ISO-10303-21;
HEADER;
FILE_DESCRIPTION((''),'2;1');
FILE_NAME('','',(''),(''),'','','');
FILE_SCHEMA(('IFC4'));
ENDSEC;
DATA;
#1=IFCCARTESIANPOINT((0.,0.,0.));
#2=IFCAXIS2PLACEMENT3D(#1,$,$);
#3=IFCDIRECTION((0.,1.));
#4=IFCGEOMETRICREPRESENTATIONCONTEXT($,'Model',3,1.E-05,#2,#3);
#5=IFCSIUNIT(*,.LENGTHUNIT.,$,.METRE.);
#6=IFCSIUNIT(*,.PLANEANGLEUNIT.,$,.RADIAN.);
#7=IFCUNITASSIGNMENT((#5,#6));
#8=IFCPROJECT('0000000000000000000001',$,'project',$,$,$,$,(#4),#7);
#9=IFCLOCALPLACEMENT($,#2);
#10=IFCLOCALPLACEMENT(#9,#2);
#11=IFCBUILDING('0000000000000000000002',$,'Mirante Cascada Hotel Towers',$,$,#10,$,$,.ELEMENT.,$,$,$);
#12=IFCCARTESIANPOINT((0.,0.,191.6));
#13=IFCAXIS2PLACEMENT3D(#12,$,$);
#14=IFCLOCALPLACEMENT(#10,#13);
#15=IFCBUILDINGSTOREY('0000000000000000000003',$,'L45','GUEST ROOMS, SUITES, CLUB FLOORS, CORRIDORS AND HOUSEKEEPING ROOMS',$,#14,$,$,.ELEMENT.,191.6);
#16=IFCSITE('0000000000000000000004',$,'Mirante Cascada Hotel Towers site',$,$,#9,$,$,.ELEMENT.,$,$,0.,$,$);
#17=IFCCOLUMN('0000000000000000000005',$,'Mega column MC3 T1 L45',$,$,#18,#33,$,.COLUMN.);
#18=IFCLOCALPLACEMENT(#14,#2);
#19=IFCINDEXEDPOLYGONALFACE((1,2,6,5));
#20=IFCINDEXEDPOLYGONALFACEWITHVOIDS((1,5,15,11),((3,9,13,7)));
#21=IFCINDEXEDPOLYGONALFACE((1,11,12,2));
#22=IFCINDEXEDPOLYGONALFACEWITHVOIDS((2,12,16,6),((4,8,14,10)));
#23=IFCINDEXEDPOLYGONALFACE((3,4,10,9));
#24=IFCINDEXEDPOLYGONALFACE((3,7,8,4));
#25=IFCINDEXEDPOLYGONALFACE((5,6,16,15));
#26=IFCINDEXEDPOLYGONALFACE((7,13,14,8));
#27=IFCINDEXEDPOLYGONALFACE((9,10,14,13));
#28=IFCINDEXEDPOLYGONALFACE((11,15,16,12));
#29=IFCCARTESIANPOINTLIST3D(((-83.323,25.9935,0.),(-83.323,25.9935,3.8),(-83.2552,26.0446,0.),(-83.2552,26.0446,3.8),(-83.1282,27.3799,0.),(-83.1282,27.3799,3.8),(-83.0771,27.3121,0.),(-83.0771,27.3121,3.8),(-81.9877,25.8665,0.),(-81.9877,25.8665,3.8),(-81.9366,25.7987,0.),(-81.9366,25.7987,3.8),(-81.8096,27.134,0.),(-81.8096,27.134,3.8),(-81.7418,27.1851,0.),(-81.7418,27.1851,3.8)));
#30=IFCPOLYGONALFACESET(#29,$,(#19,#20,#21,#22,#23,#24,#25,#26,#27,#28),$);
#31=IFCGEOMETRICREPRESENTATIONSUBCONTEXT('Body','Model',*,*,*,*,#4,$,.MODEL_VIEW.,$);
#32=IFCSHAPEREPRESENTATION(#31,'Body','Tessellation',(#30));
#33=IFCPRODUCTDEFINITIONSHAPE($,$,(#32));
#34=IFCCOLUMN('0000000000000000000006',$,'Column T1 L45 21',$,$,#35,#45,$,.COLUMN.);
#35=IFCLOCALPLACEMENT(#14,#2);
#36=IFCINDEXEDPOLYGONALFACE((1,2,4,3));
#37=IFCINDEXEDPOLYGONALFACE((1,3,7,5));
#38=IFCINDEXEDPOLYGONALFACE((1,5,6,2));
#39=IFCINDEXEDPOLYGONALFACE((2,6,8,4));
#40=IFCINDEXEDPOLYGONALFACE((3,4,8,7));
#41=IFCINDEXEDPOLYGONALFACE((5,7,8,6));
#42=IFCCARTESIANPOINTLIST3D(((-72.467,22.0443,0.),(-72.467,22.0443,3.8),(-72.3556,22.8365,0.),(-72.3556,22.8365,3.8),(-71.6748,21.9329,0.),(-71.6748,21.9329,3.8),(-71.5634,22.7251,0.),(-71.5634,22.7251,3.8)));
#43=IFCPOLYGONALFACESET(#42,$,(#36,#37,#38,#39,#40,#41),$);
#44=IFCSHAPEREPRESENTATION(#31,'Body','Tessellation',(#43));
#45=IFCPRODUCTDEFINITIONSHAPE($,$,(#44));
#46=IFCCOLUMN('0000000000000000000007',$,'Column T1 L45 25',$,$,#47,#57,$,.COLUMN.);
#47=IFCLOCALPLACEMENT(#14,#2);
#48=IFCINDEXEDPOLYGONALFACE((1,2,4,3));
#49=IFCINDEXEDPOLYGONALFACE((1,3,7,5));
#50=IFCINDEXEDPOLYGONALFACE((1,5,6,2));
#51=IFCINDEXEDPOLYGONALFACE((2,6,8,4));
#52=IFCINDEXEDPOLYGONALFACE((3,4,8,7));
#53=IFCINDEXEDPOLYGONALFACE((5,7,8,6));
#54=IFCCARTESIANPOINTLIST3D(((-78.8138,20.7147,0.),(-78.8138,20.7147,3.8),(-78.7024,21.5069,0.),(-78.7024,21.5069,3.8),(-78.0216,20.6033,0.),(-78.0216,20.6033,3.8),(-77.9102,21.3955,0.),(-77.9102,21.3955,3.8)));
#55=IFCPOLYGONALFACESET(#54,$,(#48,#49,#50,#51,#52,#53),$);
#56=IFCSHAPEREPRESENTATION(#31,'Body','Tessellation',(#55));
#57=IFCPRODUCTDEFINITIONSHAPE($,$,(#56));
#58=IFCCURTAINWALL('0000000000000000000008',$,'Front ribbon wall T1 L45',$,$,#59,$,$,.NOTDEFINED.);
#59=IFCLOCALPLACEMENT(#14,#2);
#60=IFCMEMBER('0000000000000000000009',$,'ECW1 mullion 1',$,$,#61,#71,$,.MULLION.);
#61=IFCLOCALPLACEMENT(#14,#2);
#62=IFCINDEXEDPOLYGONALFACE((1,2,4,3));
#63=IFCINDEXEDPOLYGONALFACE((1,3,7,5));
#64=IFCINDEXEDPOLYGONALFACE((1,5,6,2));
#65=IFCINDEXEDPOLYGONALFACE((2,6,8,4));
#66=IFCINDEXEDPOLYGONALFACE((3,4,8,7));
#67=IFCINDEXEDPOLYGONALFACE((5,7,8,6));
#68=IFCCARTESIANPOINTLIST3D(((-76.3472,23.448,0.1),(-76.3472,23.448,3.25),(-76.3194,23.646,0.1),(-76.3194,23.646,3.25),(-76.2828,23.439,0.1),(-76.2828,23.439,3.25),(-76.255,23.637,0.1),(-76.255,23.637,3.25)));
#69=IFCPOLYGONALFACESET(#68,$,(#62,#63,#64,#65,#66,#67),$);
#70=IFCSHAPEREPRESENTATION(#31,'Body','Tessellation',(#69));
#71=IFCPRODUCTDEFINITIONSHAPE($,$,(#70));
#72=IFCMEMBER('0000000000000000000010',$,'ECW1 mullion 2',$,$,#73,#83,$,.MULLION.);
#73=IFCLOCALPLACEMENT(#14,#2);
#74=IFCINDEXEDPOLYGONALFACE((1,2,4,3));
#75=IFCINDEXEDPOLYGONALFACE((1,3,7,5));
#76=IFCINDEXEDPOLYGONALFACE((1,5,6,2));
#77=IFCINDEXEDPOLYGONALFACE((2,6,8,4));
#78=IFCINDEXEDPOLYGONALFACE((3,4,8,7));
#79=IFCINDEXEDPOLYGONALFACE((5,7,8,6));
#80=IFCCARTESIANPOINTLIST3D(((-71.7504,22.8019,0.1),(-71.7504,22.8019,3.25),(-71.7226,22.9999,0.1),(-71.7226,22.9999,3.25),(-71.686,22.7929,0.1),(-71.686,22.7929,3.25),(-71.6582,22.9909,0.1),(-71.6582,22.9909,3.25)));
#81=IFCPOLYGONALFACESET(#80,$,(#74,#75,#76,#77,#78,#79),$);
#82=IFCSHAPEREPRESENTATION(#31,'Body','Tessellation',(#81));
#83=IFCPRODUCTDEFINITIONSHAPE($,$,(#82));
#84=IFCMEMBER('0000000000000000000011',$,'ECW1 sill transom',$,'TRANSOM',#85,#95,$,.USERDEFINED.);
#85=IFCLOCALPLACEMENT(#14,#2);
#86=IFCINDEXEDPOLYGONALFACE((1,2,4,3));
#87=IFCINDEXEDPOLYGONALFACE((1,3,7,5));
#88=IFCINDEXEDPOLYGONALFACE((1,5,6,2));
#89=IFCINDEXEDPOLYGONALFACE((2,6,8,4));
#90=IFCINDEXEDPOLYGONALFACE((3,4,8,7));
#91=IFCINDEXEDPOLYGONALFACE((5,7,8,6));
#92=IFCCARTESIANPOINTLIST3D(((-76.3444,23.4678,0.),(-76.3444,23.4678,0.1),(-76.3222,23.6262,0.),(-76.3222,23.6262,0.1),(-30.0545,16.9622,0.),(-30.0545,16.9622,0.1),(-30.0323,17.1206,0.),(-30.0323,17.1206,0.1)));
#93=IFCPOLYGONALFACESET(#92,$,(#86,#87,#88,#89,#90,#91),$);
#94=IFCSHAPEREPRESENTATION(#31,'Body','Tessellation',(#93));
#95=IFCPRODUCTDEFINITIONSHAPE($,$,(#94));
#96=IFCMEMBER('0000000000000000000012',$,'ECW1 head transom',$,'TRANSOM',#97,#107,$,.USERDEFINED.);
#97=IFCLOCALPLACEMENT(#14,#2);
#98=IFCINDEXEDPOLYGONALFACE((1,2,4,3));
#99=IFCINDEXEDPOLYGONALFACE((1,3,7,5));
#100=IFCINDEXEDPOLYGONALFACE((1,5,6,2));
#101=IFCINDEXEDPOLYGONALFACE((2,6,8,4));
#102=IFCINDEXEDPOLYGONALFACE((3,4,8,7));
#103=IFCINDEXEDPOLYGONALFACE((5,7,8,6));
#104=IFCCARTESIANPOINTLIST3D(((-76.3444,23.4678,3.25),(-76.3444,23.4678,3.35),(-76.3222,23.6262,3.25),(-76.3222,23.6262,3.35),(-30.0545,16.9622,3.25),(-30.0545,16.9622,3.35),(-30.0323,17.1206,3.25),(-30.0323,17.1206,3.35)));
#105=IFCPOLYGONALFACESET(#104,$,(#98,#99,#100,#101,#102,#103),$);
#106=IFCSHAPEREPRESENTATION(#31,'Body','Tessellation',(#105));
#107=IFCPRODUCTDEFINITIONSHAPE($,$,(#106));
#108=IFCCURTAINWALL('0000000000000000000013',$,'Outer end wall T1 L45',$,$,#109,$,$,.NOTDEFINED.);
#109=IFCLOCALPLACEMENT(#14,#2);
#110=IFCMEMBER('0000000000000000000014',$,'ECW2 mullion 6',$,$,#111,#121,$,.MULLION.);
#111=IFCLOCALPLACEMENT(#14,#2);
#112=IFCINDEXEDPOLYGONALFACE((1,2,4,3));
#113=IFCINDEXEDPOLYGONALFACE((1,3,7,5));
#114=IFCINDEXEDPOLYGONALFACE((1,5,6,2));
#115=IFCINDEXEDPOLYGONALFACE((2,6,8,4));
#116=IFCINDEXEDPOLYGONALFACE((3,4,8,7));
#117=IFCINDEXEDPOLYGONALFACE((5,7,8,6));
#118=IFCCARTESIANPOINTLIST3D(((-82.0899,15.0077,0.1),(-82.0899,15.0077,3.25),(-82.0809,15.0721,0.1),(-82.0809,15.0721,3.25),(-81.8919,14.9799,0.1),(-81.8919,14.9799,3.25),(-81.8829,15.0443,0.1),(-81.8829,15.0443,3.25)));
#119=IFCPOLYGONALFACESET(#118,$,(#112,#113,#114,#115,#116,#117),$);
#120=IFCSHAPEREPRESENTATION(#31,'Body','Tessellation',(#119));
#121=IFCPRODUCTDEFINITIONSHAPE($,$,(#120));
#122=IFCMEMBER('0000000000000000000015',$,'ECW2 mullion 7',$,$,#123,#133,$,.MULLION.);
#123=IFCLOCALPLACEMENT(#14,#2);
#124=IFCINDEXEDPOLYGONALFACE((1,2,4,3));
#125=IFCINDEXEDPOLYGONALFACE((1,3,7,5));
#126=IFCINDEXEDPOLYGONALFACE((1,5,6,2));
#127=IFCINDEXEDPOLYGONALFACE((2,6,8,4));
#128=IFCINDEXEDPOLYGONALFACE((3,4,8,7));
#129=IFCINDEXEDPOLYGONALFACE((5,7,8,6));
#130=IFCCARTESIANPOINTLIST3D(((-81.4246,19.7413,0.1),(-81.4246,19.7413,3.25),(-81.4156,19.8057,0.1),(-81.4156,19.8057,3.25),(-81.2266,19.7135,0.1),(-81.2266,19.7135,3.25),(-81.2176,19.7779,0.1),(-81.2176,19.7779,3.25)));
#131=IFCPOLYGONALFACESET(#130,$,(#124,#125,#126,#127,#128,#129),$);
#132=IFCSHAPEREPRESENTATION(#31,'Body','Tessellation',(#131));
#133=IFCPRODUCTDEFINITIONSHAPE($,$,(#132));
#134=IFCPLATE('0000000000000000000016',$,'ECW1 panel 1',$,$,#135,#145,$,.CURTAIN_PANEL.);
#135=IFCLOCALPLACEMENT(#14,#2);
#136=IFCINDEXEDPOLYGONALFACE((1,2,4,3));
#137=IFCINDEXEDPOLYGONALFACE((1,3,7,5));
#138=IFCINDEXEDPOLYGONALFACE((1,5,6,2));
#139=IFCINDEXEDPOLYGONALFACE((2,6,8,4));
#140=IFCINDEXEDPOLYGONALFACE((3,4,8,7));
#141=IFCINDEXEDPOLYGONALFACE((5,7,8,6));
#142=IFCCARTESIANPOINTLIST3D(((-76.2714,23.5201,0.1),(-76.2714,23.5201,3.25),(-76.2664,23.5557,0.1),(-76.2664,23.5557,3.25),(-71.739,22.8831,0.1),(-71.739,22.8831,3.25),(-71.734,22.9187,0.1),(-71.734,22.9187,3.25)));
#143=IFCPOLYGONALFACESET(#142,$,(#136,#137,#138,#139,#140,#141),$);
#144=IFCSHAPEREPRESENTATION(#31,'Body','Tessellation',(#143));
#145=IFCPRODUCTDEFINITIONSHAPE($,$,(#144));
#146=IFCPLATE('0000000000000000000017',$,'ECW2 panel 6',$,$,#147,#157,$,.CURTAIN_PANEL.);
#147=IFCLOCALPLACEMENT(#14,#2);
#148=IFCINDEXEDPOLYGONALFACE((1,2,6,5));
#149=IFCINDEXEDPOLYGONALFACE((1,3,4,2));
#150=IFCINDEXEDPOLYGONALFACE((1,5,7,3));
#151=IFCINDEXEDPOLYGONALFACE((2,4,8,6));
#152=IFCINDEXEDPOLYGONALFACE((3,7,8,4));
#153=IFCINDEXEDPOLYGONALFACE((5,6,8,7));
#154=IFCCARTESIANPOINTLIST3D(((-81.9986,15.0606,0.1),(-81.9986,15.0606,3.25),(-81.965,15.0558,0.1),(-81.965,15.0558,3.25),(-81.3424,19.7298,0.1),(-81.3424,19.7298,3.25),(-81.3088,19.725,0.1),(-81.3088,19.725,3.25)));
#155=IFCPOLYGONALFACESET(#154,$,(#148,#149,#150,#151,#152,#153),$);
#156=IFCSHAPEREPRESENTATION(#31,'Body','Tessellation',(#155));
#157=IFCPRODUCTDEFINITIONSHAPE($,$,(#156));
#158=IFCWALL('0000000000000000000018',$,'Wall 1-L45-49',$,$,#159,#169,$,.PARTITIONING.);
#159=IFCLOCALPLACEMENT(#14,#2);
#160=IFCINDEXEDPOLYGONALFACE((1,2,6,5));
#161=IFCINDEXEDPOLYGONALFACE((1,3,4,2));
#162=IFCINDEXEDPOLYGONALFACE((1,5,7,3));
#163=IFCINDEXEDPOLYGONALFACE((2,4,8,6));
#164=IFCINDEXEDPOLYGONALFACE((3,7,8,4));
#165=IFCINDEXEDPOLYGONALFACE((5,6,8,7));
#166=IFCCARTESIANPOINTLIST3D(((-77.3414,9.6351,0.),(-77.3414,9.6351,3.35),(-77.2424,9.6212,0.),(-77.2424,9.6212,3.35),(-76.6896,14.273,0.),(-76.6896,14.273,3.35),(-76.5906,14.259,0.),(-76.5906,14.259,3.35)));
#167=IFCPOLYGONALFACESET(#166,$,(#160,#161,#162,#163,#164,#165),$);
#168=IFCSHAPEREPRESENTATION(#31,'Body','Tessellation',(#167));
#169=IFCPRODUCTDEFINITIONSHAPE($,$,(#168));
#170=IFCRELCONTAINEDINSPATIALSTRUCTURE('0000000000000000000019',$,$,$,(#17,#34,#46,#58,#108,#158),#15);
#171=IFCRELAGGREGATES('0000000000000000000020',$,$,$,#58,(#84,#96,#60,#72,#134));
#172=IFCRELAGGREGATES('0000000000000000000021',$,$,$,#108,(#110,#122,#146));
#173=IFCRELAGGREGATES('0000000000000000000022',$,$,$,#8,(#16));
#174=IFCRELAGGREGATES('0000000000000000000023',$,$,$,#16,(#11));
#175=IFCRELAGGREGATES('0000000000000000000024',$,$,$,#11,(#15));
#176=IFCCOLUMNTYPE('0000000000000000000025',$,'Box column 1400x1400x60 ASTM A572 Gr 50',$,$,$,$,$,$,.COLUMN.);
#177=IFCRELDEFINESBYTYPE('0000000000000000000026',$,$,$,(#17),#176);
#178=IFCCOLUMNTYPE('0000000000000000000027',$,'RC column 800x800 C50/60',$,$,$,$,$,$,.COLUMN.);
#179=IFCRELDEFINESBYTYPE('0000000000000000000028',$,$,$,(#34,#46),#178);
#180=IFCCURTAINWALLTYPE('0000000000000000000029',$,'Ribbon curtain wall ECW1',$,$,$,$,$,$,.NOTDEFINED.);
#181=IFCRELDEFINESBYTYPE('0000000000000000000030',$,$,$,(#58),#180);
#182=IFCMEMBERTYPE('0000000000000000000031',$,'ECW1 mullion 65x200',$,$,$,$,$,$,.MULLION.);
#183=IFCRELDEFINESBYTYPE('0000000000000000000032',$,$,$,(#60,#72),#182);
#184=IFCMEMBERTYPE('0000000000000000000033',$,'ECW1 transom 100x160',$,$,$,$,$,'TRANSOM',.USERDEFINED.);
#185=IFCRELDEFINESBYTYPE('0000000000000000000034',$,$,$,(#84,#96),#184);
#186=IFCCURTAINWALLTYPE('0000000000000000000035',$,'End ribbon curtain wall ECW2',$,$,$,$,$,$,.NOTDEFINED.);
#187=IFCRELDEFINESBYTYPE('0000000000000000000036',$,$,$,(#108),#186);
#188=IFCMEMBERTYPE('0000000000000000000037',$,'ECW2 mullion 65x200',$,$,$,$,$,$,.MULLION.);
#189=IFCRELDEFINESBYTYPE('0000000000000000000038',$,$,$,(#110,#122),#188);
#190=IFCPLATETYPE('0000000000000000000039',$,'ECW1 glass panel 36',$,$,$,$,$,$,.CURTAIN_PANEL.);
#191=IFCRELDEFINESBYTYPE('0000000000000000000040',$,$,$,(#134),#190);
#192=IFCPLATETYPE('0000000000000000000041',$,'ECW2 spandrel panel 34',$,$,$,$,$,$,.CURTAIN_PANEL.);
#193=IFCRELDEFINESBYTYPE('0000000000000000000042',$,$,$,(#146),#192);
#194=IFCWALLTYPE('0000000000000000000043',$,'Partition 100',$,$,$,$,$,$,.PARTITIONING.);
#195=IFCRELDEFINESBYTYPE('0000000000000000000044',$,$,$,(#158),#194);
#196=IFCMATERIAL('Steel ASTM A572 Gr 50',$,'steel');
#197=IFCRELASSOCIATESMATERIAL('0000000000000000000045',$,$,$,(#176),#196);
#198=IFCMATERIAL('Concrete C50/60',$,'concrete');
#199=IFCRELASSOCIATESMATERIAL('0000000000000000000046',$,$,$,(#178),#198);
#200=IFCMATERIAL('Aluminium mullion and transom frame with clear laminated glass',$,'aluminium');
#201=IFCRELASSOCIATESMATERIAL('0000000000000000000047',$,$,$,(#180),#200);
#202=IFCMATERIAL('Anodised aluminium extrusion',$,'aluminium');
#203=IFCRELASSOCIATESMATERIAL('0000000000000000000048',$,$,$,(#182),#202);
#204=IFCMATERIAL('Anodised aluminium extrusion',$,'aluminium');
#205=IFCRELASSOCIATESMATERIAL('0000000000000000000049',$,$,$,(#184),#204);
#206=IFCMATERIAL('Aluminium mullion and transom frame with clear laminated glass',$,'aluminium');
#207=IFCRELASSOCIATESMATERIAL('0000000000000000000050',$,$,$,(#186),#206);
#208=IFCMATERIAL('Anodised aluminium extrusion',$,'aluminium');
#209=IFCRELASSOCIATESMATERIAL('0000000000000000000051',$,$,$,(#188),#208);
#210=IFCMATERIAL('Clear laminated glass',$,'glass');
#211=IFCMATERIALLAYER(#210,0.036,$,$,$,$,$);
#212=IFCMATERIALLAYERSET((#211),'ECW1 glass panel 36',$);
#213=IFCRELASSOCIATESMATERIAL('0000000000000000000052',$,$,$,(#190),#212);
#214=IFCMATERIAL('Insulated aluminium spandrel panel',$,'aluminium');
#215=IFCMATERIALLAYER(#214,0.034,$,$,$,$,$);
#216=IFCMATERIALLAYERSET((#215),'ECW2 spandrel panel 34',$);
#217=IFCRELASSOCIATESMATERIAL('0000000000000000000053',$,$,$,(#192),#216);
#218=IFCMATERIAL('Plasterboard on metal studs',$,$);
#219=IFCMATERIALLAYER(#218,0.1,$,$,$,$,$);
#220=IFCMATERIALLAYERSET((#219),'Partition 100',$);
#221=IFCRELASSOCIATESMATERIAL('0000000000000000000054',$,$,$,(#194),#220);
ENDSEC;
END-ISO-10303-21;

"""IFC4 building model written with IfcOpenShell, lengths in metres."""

from ifc_helpers import new_model, si_unit, direction, frame, frame_2d, origin, origin_2d, place, context, subcontext, project, spatial, rectangle, hollow_rectangle, extrude, material, layer, layer_set, material_profile, profile_set, type_object, element, aggregate, save


model = new_model("IFC4")

# Units and contexts
model_context = context("Model", 3, precision=1e-05, world=origin(), true_north=direction((0.0, 1.0)))
body_context = subcontext(model_context, "Body", "Model", "MODEL_VIEW")
ifc_project = project(units=[si_unit("LENGTHUNIT", "METRE"), si_unit("PLANEANGLEUNIT", "RADIAN")], contexts=[model_context])

# Site, building, storey
site_placement = place(None, origin())
site = spatial("IfcSite", under=ifc_project, at=site_placement, Name="Mirante Cascada Hotel Towers site", CompositionType="ELEMENT", RefElevation=0.0)
building_placement = place(site_placement, origin())
building = spatial("IfcBuilding", under=site, at=building_placement, Name="Mirante Cascada Hotel Towers", CompositionType="ELEMENT")
storey_placement = place(building_placement, frame((0.0, 0.0, 191.6)))
storey = spatial("IfcBuildingStorey", under=building, at=storey_placement, Name="L45", Description="GUEST ROOMS, SUITES, CLUB FLOORS, CORRIDORS AND HOUSEKEEPING ROOMS", CompositionType="ELEMENT", Elevation=191.6)

# Columns
ifc_material_1 = material(Name="Steel ASTM A572 Gr 50", Category="steel")
ifc_material_profile_1 = material_profile(ifc_material_1, hollow_rectangle(XDim=1.4, YDim=1.4, WallThickness=0.06, at=origin_2d()), Name="Box column 1400x1400x60 ASTM A572 Gr 50")
ifc_profile_set_1 = profile_set([ifc_material_profile_1], Name="Steel ASTM A572 Gr 50")
column_type_1 = type_object("IfcColumnType", Name="Box column 1400x1400x60 ASTM A572 Gr 50", PredefinedType="COLUMN", material=ifc_profile_set_1)
column_placement = place(storey_placement, frame((-82.5324, 26.5893, 0.0), z_axis=(0.0, 0.0, 1.0), x_axis=(-0.990268, 0.139173, 0.0)))
element("IfcColumn", 1, at=column_placement, inside=storey, type_object=column_type_1, Name="Mega column MC3 T1 L45", PredefinedType="COLUMN", context=body_context, shape_type="SweptSolid", body=[
    extrude(hollow_rectangle(XDim=1.4, YDim=1.4, WallThickness=0.06, at=origin_2d()), origin(), (0.0, 0.0, 1.0), 3.8),
])
ifc_material_2 = material(Name="Concrete C50/60", Category="concrete")
ifc_material_profile_2 = material_profile(ifc_material_2, rectangle(XDim=0.8, YDim=0.8, at=origin_2d()), Name="RC column 800x800 C50/60")
ifc_profile_set_2 = profile_set([ifc_material_profile_2], Name="Concrete C50/60")
column_type_2 = type_object("IfcColumnType", Name="RC column 800x800 C50/60", PredefinedType="COLUMN", material=ifc_profile_set_2)
for number, where, z_axis, x_axis, name in (
    (2, (-72.0152, 22.3847, 0.0), (0.0, 0.0, 1.0), (-0.990268, 0.139173, 0.0), "Column T1 L45 21"),
    (3, (-78.362, 21.0551, 0.0), (0.0, 0.0, 1.0), (-0.990268, 0.139173, 0.0), "Column T1 L45 25"),
):
    element("IfcColumn", number, at=place(storey_placement, frame(where, z_axis=z_axis, x_axis=x_axis)), inside=storey, type_object=column_type_2, Name=name, PredefinedType="COLUMN", context=body_context, shape_type="SweptSolid", body=[
        extrude(rectangle(XDim=0.8, YDim=0.8, at=origin_2d()), origin(), (0.0, 0.0, 1.0), 3.8),
    ])

# Curtain walls, members
ifc_material_3 = material(Name="Aluminium mullion and transom frame with clear laminated glass", Category="aluminium")
curtain_wall_type_1 = type_object("IfcCurtainWallType", Name="Ribbon curtain wall ECW1", PredefinedType="NOTDEFINED", material=ifc_material_3)
curtain_wall_1_placement = place(storey_placement, origin())
curtain_wall_1 = element("IfcCurtainWall", 4, at=curtain_wall_1_placement, inside=storey, type_object=curtain_wall_type_1, Name="Front ribbon wall T1 L45", PredefinedType="NOTDEFINED")
ifc_material_4 = material(Name="Anodised aluminium extrusion", Category="aluminium")
ifc_material_profile_3 = material_profile(ifc_material_4, rectangle(XDim=0.2, YDim=0.065, at=origin_2d()), Name="ECW1 MULLION 65x200")
ifc_profile_set_3 = profile_set([ifc_material_profile_3], Name="Anodised aluminium extrusion")
member_type_1 = type_object("IfcMemberType", Name="ECW1 mullion 65x200", PredefinedType="MULLION", material=ifc_profile_set_3)
member_1_placement = place(storey_placement, frame((-76.3011, 23.5425, 0.1), z_axis=(0.0, 0.0, 1.0), x_axis=(0.139173, 0.990268, 0.0)))
member_1 = element("IfcMember", 5, at=member_1_placement, type_object=member_type_1, Name="ECW1 mullion 1", PredefinedType="MULLION", context=body_context, shape_type="SweptSolid", body=[
    extrude(rectangle(XDim=0.2, YDim=0.065, at=origin_2d()), origin(), (0.0, 0.0, 1.0), 3.15),
])
member_2_placement = place(storey_placement, frame((-71.7043, 22.8964, 0.1), z_axis=(0.0, 0.0, 1.0), x_axis=(0.139173, 0.990268, 0.0)))
member_2 = element("IfcMember", 6, at=member_2_placement, type_object=member_type_1, Name="ECW1 mullion 2", PredefinedType="MULLION", context=body_context, shape_type="SweptSolid", body=[
    extrude(rectangle(XDim=0.2, YDim=0.065, at=origin_2d()), origin(), (0.0, 0.0, 1.0), 3.15),
])
ifc_material_5 = material(Name="Anodised aluminium extrusion", Category="aluminium")
ifc_material_profile_4 = material_profile(ifc_material_5, rectangle(XDim=0.16, YDim=0.1, at=origin_2d()), Name="ECW1 TRANSOM 100x160")
ifc_profile_set_4 = profile_set([ifc_material_profile_4], Name="Anodised aluminium extrusion")
member_type_2 = type_object("IfcMemberType", Name="ECW1 transom 100x160", ElementType="TRANSOM", PredefinedType="USERDEFINED", material=ifc_profile_set_4)
member_3_placement = place(storey_placement, frame((-76.3333, 23.547, 0.05), z_axis=(0.990268, -0.139173, 0.0), x_axis=(0.139173, 0.990268, 0.0)))
member_3 = element("IfcMember", 7, at=member_3_placement, type_object=member_type_2, Name="ECW1 sill transom", ObjectType="TRANSOM", PredefinedType="USERDEFINED", context=body_context, shape_type="SweptSolid", body=[
    extrude(rectangle(XDim=0.16, YDim=0.1, at=origin_2d()), origin(), (0.0, 0.0, 1.0), 46.7448),
])
member_4_placement = place(storey_placement, frame((-76.3333, 23.547, 3.3), z_axis=(0.990268, -0.139173, 0.0), x_axis=(0.139173, 0.990268, 0.0)))
member_4 = element("IfcMember", 8, at=member_4_placement, type_object=member_type_2, Name="ECW1 head transom", ObjectType="TRANSOM", PredefinedType="USERDEFINED", context=body_context, shape_type="SweptSolid", body=[
    extrude(rectangle(XDim=0.16, YDim=0.1, at=origin_2d()), origin(), (0.0, 0.0, 1.0), 46.7448),
])
ifc_material_6 = material(Name="Aluminium mullion and transom frame with clear laminated glass", Category="aluminium")
curtain_wall_type_2 = type_object("IfcCurtainWallType", Name="End ribbon curtain wall ECW2", PredefinedType="NOTDEFINED", material=ifc_material_6)
curtain_wall_2_placement = place(storey_placement, origin())
curtain_wall_2 = element("IfcCurtainWall", 9, at=curtain_wall_2_placement, inside=storey, type_object=curtain_wall_type_2, Name="Outer end wall T1 L45", PredefinedType="NOTDEFINED")
ifc_material_7 = material(Name="Anodised aluminium extrusion", Category="aluminium")
ifc_material_profile_5 = material_profile(ifc_material_7, rectangle(XDim=0.2, YDim=0.065, at=origin_2d()), Name="ECW2 MULLION 65x200")
ifc_profile_set_5 = profile_set([ifc_material_profile_5], Name="Anodised aluminium extrusion")
member_type_3 = type_object("IfcMemberType", Name="ECW2 mullion 65x200", PredefinedType="MULLION", material=ifc_profile_set_5)
member_5_placement = place(storey_placement, frame((-81.9864, 15.026, 0.1), z_axis=(0.0, 0.0, 1.0), x_axis=(-0.990268, 0.139173, 0.0)))
member_5 = element("IfcMember", 10, at=member_5_placement, type_object=member_type_3, Name="ECW2 mullion 6", PredefinedType="MULLION", context=body_context, shape_type="SweptSolid", body=[
    extrude(rectangle(XDim=0.2, YDim=0.065, at=origin_2d()), origin(), (0.0, 0.0, 1.0), 3.15),
])
member_6_placement = place(storey_placement, frame((-81.3211, 19.7596, 0.1), z_axis=(0.0, 0.0, 1.0), x_axis=(-0.990268, 0.139173, 0.0)))
member_6 = element("IfcMember", 11, at=member_6_placement, type_object=member_type_3, Name="ECW2 mullion 7", PredefinedType="MULLION", context=body_context, shape_type="SweptSolid", body=[
    extrude(rectangle(XDim=0.2, YDim=0.065, at=origin_2d()), origin(), (0.0, 0.0, 1.0), 3.15),
])

# Plates
ifc_material_8 = material(Name="Clear laminated glass", Category="glass")
ifc_layer_1 = layer(ifc_material_8, 0.036)
ifc_layer_set_1 = layer_set([ifc_layer_1], Name="ECW1 glass panel 36")
plate_type_1 = type_object("IfcPlateType", Name="ECW1 glass panel 36", PredefinedType="CURTAIN_PANEL", material=ifc_layer_set_1)
plate_1_placement = place(storey_placement, frame((-74.0027, 23.2194, 0.1), z_axis=(0.0, 0.0, 1.0), x_axis=(0.990268, -0.139173, 0.0)))
plate_1 = element("IfcPlate", 12, at=plate_1_placement, type_object=plate_type_1, Name="ECW1 panel 1", PredefinedType="CURTAIN_PANEL", context=body_context, shape_type="SweptSolid", body=[
    extrude(rectangle(XDim=4.577, YDim=0.036, at=origin_2d()), origin(), (0.0, 0.0, 1.0), 3.15),
])
aggregate(curtain_wall_1, [member_3, member_4, member_1, member_2, plate_1])
ifc_material_9 = material(Name="Insulated aluminium spandrel panel", Category="aluminium")
ifc_layer_2 = layer(ifc_material_9, 0.034)
ifc_layer_set_2 = layer_set([ifc_layer_2], Name="ECW2 spandrel panel 34")
plate_type_2 = type_object("IfcPlateType", Name="ECW2 spandrel panel 34", PredefinedType="CURTAIN_PANEL", material=ifc_layer_set_2)
plate_2_placement = place(storey_placement, frame((-81.6537, 17.3928, 0.1), z_axis=(0.0, 0.0, 1.0), x_axis=(0.139173, 0.990268, 0.0)))
plate_2 = element("IfcPlate", 13, at=plate_2_placement, type_object=plate_type_2, Name="ECW2 panel 6", PredefinedType="CURTAIN_PANEL", context=body_context, shape_type="SweptSolid", body=[
    extrude(rectangle(XDim=4.7151, YDim=0.034, at=origin_2d()), origin(), (0.0, 0.0, 1.0), 3.15),
])
aggregate(curtain_wall_2, [member_5, member_6, plate_2])

# Wall
ifc_material_10 = material(Name="Plasterboard on metal studs")
ifc_layer_3 = layer(ifc_material_10, 0.1)
ifc_layer_set_3 = layer_set([ifc_layer_3], Name="Partition 100")
wall_type_1 = type_object("IfcWallType", Name="Partition 100", PredefinedType="PARTITIONING", material=ifc_layer_set_3)
wall_1_placement = place(storey_placement, frame((-76.6401, 14.266, 0.0), z_axis=(0.0, 0.0, 1.0), x_axis=(-0.139173, -0.990268, 0.0)))
element("IfcWall", 14, at=wall_1_placement, inside=storey, type_object=wall_type_1, Name="Wall 1-L45-49", PredefinedType="PARTITIONING", context=body_context, shape_type="SweptSolid", body=[
    extrude(rectangle(XDim=4.6834, YDim=0.1, at=frame_2d((2.3417, 0.0))), origin(), (0.0, 0.0, 1.0), 3.35),
])

save(model, "model.ifc")
